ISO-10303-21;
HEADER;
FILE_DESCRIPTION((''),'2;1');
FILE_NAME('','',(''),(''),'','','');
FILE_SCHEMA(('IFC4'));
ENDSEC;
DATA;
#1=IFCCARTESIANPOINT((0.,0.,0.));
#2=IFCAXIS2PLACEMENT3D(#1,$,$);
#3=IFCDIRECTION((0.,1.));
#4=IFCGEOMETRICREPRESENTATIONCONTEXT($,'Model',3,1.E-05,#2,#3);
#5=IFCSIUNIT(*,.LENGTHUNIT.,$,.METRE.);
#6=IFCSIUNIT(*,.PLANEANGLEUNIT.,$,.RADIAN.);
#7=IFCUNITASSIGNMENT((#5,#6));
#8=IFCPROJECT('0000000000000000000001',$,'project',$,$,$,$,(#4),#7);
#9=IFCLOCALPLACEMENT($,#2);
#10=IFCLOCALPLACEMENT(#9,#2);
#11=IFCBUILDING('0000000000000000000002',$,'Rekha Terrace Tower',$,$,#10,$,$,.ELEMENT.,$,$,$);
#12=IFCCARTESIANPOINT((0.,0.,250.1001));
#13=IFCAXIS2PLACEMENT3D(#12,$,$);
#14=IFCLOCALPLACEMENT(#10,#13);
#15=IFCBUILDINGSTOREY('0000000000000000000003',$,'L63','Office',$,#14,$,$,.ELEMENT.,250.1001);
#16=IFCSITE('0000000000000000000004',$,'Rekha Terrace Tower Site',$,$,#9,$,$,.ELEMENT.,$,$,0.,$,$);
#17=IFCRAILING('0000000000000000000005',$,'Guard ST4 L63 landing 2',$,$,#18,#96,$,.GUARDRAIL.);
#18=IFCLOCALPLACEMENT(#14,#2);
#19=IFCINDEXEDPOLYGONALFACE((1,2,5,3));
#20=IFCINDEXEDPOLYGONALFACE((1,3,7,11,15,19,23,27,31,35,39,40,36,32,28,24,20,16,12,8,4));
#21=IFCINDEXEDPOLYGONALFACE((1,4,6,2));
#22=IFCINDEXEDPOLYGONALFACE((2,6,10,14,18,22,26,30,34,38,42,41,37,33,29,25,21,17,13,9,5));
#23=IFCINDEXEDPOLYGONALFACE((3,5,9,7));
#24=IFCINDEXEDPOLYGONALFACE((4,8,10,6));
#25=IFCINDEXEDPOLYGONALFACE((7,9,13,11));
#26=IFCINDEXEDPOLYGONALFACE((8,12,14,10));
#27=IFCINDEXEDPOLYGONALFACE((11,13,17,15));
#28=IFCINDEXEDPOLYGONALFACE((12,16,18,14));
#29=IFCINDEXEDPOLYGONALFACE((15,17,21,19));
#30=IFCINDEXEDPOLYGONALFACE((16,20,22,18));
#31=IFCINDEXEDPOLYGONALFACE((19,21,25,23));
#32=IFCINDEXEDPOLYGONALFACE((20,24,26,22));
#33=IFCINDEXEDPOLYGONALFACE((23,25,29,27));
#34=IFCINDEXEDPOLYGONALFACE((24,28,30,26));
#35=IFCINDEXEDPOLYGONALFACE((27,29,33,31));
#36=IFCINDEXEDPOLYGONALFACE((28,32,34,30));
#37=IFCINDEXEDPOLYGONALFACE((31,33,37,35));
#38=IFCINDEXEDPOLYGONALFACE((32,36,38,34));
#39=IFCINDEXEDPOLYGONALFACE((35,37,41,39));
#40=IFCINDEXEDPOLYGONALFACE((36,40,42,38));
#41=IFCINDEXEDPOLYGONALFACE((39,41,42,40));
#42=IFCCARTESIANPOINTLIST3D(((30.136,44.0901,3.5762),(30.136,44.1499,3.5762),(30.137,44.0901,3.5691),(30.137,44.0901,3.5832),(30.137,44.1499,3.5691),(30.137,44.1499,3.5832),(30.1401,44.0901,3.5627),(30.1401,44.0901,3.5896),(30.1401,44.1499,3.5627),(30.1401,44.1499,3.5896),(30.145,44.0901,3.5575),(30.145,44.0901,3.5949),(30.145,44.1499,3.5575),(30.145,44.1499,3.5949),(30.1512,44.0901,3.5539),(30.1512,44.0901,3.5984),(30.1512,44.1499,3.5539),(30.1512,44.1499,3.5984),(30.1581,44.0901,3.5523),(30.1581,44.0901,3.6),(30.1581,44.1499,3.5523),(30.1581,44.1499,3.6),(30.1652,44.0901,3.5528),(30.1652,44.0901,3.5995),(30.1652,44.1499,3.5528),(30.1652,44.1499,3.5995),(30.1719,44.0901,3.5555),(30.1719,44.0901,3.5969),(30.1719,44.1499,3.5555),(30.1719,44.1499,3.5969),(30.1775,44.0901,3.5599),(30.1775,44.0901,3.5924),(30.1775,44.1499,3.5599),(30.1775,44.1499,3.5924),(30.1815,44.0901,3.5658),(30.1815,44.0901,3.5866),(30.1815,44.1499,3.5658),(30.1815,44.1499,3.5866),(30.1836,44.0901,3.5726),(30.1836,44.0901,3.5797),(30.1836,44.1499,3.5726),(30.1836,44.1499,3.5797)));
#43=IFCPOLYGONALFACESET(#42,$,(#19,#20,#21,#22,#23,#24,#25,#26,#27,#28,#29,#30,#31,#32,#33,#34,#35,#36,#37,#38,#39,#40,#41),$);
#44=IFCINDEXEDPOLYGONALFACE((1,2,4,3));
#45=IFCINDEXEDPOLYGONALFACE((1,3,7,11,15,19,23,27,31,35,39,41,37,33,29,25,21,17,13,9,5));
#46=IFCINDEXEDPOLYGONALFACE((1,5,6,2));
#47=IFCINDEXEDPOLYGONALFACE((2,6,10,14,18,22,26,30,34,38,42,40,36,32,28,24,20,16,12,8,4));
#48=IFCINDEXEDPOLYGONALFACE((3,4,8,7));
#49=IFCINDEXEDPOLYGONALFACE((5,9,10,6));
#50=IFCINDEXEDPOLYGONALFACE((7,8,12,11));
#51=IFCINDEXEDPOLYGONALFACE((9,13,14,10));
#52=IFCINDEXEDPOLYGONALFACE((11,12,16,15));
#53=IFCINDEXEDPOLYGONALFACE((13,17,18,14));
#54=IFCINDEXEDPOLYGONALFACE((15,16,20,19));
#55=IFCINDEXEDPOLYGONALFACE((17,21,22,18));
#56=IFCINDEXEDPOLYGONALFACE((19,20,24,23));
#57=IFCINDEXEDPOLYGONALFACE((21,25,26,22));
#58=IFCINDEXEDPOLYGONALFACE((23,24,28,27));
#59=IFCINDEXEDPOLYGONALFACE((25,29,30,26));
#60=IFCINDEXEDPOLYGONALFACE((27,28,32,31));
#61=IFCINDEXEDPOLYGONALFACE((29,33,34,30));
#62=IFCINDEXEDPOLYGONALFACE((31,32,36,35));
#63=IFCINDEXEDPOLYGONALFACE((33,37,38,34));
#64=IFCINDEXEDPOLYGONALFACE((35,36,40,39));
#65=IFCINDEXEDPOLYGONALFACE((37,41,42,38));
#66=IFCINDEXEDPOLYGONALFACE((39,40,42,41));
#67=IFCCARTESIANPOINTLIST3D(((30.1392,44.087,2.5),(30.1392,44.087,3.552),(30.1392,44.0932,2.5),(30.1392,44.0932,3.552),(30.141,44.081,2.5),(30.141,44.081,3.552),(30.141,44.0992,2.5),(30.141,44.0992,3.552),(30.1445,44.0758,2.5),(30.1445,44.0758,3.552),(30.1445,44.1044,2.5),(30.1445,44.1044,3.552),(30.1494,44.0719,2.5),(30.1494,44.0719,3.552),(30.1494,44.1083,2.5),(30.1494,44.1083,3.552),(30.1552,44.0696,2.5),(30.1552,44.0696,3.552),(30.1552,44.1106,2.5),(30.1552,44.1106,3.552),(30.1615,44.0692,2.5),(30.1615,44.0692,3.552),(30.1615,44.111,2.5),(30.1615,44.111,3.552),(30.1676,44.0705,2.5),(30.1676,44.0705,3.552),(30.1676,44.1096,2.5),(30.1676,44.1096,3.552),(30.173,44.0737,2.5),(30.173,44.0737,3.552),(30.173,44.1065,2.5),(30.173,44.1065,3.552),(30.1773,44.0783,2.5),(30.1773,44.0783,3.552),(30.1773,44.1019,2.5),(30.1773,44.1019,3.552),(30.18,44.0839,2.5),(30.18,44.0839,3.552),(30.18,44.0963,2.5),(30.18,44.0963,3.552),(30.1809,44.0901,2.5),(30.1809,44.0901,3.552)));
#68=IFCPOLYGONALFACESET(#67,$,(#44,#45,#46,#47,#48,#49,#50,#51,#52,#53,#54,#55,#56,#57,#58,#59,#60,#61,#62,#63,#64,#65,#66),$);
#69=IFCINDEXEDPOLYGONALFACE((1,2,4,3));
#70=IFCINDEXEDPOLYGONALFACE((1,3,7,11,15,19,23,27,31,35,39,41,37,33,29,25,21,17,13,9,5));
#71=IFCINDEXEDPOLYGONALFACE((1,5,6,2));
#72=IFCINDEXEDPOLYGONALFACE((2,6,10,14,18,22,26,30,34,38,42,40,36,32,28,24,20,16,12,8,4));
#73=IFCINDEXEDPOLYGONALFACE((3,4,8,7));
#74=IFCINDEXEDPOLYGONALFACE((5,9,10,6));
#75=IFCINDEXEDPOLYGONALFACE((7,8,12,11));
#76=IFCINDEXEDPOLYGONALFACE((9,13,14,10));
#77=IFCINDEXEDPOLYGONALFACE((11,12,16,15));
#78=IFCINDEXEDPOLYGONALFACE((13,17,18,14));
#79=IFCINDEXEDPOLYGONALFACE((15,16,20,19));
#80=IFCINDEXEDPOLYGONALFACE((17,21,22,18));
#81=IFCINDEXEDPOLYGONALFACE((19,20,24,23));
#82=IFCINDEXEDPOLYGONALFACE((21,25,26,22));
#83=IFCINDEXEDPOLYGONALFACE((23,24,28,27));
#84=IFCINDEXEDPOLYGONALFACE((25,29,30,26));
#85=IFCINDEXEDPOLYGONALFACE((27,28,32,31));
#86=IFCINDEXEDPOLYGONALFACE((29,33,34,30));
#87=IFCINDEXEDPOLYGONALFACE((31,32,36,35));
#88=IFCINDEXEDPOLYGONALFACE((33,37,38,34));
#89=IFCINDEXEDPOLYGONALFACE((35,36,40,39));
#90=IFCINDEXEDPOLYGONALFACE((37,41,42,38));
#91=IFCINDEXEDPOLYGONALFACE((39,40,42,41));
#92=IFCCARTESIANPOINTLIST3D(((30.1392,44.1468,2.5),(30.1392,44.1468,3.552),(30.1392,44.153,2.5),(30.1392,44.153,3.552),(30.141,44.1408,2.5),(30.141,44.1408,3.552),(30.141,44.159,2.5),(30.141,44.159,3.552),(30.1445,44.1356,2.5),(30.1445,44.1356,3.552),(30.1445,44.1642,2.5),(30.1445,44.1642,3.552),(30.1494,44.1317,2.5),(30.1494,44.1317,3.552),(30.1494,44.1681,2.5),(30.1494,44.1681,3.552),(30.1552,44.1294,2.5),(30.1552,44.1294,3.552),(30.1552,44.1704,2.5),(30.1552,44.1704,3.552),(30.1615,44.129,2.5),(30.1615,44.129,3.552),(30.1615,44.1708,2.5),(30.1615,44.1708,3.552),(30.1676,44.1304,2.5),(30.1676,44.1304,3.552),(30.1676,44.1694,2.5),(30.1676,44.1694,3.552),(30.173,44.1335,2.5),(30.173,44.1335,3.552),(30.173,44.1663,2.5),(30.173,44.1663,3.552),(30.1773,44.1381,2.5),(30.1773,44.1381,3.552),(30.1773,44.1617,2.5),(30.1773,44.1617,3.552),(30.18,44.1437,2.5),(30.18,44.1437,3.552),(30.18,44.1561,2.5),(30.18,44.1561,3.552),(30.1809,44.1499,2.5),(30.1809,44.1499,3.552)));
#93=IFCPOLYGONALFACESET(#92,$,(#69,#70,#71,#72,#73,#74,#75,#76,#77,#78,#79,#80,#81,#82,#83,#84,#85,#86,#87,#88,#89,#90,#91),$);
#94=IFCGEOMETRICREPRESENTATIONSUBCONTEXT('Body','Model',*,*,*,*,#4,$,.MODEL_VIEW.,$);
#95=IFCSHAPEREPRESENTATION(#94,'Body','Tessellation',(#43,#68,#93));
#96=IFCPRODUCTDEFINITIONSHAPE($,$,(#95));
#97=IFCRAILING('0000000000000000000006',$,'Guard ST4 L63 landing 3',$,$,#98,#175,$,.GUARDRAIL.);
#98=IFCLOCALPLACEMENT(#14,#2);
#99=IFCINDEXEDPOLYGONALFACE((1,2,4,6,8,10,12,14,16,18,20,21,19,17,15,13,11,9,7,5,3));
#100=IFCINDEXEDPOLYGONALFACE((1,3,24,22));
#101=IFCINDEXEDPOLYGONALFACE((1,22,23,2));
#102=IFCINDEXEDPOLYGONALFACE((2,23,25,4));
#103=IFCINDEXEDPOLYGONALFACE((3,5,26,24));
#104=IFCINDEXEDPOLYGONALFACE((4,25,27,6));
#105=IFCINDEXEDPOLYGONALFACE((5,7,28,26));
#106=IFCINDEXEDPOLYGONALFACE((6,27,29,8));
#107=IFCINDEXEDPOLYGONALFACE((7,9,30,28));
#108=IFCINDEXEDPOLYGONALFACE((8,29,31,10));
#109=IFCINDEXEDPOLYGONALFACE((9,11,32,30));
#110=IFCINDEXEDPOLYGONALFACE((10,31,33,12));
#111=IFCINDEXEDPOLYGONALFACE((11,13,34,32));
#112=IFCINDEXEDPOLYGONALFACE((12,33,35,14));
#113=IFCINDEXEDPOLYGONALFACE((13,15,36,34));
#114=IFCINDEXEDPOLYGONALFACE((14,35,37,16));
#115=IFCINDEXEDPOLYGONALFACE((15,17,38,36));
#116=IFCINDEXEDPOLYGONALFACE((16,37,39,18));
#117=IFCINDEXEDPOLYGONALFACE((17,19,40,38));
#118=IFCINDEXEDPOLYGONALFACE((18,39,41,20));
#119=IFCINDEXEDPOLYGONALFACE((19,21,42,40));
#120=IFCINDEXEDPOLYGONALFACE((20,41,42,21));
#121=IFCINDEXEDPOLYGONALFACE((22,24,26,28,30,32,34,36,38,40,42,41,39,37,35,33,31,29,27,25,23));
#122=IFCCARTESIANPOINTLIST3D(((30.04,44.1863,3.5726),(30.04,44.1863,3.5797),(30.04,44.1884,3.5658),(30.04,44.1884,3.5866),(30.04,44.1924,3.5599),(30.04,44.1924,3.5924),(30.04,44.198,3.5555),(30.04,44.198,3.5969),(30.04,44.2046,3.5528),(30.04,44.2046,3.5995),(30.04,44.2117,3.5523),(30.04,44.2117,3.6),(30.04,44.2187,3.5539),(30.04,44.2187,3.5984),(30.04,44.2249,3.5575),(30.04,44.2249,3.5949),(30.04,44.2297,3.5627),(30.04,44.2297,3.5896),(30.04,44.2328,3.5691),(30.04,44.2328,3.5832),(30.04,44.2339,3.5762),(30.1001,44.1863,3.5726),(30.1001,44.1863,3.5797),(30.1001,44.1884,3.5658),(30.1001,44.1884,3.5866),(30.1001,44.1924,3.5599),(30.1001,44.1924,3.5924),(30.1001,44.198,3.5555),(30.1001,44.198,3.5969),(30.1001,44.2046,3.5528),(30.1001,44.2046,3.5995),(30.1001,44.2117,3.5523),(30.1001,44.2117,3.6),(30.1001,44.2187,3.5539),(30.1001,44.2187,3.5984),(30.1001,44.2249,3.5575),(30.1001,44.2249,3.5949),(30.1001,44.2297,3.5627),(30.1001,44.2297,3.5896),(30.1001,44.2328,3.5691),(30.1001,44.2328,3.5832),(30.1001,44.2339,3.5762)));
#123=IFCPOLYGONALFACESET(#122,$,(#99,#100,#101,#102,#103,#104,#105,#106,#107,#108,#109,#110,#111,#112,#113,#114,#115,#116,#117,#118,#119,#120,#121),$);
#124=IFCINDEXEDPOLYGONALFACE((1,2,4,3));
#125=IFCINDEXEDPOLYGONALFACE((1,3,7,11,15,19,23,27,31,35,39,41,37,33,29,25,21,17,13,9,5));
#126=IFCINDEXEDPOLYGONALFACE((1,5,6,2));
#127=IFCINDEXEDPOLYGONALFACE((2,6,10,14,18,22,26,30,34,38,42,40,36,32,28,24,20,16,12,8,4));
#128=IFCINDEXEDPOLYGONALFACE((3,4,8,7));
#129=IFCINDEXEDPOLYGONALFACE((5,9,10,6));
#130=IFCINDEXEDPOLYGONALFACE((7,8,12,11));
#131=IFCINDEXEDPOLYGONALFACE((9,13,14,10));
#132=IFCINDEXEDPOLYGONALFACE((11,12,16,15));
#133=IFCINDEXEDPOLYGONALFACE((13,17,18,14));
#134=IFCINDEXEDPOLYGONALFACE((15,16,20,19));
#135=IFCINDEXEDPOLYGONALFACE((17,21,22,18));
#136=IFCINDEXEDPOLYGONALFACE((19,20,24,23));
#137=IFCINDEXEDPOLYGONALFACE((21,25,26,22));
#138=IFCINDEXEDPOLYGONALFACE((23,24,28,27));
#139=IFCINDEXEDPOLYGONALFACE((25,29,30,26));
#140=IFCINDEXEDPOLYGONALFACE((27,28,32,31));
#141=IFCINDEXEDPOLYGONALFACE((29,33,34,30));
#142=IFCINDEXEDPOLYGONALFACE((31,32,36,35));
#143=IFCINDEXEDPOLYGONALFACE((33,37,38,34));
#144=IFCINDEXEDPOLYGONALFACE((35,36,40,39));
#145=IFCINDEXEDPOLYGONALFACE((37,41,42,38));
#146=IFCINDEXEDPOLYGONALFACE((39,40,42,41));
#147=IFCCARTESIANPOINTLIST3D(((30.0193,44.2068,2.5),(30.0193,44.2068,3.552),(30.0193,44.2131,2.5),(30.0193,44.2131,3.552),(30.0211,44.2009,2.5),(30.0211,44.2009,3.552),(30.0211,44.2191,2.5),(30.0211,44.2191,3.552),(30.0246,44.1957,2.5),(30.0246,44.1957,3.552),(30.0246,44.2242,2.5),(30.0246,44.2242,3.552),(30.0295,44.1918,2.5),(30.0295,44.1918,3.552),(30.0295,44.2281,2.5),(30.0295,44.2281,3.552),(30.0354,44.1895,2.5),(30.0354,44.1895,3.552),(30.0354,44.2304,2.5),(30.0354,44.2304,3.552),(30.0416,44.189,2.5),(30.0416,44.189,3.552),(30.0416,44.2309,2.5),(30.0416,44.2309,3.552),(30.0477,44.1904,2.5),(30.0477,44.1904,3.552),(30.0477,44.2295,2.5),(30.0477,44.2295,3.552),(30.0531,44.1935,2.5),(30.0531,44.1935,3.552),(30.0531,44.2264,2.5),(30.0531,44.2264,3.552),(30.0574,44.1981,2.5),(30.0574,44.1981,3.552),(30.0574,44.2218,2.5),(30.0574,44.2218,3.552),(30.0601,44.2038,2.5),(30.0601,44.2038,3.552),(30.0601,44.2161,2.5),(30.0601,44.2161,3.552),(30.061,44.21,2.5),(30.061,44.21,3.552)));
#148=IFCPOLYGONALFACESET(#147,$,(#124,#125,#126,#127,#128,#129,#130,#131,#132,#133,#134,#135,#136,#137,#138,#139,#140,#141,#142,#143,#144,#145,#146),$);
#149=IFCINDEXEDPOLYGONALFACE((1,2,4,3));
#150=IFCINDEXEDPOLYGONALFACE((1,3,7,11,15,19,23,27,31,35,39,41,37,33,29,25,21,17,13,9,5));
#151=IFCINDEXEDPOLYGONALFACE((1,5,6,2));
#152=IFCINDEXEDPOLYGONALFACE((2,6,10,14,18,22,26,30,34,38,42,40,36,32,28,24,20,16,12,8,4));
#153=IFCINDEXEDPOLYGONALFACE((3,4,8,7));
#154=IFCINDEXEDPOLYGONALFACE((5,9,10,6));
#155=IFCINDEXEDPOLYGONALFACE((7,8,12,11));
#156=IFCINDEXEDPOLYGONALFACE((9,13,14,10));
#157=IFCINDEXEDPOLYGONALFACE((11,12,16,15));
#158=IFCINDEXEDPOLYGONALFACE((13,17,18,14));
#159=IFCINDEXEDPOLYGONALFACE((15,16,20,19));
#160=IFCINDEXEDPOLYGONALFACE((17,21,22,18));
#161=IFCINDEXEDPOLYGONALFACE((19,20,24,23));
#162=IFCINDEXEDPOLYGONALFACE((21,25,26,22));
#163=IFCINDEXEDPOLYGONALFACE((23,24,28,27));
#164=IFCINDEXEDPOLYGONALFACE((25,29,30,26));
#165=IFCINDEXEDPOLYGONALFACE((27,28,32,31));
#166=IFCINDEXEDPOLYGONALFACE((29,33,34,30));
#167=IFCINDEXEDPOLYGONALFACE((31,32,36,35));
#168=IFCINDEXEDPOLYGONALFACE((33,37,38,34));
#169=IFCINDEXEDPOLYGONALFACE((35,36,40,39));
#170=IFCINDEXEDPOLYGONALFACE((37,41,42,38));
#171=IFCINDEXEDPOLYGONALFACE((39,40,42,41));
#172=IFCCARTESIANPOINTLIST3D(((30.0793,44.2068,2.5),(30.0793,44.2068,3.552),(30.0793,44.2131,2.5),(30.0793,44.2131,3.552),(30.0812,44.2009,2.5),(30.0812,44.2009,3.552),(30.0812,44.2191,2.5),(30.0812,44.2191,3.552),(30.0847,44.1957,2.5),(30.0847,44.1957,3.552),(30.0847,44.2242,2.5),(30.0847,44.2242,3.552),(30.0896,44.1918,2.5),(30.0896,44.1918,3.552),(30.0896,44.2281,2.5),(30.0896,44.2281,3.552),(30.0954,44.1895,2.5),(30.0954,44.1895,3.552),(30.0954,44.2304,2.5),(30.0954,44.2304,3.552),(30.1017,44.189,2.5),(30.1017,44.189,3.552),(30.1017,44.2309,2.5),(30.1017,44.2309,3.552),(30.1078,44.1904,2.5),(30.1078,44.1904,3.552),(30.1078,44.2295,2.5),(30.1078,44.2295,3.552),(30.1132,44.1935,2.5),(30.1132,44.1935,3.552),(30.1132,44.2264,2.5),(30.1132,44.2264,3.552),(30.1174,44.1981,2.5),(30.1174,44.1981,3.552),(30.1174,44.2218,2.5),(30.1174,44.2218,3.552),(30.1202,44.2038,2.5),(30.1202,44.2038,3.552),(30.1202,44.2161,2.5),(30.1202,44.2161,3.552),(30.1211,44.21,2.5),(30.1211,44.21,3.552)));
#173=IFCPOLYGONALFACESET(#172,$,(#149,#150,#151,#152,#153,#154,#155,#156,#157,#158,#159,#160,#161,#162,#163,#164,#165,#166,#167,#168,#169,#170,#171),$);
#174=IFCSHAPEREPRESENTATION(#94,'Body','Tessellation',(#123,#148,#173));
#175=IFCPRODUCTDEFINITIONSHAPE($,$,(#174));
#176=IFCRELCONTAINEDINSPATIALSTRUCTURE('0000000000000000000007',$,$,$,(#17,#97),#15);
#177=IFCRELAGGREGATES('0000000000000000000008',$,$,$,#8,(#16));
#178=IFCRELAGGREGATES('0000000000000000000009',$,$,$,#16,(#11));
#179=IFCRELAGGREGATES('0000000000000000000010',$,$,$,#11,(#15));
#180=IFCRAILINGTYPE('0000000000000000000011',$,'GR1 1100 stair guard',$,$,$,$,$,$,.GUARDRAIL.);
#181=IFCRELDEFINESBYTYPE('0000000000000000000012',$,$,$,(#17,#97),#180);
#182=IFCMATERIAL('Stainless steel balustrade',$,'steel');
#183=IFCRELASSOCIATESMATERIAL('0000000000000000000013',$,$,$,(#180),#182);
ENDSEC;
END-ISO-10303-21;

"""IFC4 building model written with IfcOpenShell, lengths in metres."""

from ifc_helpers import new_model, si_unit, direction, frame, origin, origin_2d, place, context, subcontext, project, spatial, circle, extrude, material, type_object, element, save


model = new_model("IFC4")

# Units and contexts
model_context = context("Model", 3, precision=1e-05, world=origin(), true_north=direction((0.0, 1.0)))
body_context = subcontext(model_context, "Body", "Model", "MODEL_VIEW")
ifc_project = project(units=[si_unit("LENGTHUNIT", "METRE"), si_unit("PLANEANGLEUNIT", "RADIAN")], contexts=[model_context])

# Site, building, storey
site_placement = place(None, origin())
site = spatial("IfcSite", under=ifc_project, at=site_placement, Name="Rekha Terrace Tower Site", CompositionType="ELEMENT", RefElevation=0.0)
building_placement = place(site_placement, origin())
building = spatial("IfcBuilding", under=site, at=building_placement, Name="Rekha Terrace Tower", CompositionType="ELEMENT")
storey_placement = place(building_placement, frame((0.0, 0.0, 250.1001)))
storey = spatial("IfcBuildingStorey", under=building, at=storey_placement, Name="L63", Description="Office", CompositionType="ELEMENT", Elevation=250.1001)

# Railings
ifc_material_1 = material(Name="Stainless steel balustrade", Category="steel")
railing_type_1 = type_object("IfcRailingType", Name="GR1 1100 stair guard", PredefinedType="GUARDRAIL", material=ifc_material_1)
railing_1_placement = place(storey_placement, frame((30.1599, 44.0901, 2.5)))
element("IfcRailing", 1, at=railing_1_placement, inside=storey, type_object=railing_type_1, Name="Guard ST4 L63 landing 2", PredefinedType="GUARDRAIL", context=body_context, shape_type="SweptSolid", body=[
    extrude(circle(Radius=0.0239, at=origin_2d()), frame((0.0, 0.0, 1.0762), z_axis=(0.0, 1.0, 0.0), x_axis=(-1.0, 0.0, 0.0)), (0.0, 0.0, 1.0), 0.0598),
    extrude(circle(Radius=0.021, at=origin_2d()), origin(), (0.0, 0.0, 1.0), 1.052),
    extrude(circle(Radius=0.021, at=origin_2d()), frame((0.0, 0.0598, 0.0)), (0.0, 0.0, 1.0), 1.052),
])
railing_2_placement = place(storey_placement, frame((30.04, 44.21, 2.5)))
element("IfcRailing", 2, at=railing_2_placement, inside=storey, type_object=railing_type_1, Name="Guard ST4 L63 landing 3", PredefinedType="GUARDRAIL", context=body_context, shape_type="SweptSolid", body=[
    extrude(circle(Radius=0.0239, at=origin_2d()), frame((0.0, 0.0, 1.0762), z_axis=(1.0, 0.0, 0.0), x_axis=(0.0, 1.0, 0.0)), (0.0, 0.0, 1.0), 0.0601),
    extrude(circle(Radius=0.021, at=origin_2d()), origin(), (0.0, 0.0, 1.0), 1.052),
    extrude(circle(Radius=0.021, at=origin_2d()), frame((0.0601, 0.0, 0.0)), (0.0, 0.0, 1.0), 1.052),
])

save(model, "model.ifc")
